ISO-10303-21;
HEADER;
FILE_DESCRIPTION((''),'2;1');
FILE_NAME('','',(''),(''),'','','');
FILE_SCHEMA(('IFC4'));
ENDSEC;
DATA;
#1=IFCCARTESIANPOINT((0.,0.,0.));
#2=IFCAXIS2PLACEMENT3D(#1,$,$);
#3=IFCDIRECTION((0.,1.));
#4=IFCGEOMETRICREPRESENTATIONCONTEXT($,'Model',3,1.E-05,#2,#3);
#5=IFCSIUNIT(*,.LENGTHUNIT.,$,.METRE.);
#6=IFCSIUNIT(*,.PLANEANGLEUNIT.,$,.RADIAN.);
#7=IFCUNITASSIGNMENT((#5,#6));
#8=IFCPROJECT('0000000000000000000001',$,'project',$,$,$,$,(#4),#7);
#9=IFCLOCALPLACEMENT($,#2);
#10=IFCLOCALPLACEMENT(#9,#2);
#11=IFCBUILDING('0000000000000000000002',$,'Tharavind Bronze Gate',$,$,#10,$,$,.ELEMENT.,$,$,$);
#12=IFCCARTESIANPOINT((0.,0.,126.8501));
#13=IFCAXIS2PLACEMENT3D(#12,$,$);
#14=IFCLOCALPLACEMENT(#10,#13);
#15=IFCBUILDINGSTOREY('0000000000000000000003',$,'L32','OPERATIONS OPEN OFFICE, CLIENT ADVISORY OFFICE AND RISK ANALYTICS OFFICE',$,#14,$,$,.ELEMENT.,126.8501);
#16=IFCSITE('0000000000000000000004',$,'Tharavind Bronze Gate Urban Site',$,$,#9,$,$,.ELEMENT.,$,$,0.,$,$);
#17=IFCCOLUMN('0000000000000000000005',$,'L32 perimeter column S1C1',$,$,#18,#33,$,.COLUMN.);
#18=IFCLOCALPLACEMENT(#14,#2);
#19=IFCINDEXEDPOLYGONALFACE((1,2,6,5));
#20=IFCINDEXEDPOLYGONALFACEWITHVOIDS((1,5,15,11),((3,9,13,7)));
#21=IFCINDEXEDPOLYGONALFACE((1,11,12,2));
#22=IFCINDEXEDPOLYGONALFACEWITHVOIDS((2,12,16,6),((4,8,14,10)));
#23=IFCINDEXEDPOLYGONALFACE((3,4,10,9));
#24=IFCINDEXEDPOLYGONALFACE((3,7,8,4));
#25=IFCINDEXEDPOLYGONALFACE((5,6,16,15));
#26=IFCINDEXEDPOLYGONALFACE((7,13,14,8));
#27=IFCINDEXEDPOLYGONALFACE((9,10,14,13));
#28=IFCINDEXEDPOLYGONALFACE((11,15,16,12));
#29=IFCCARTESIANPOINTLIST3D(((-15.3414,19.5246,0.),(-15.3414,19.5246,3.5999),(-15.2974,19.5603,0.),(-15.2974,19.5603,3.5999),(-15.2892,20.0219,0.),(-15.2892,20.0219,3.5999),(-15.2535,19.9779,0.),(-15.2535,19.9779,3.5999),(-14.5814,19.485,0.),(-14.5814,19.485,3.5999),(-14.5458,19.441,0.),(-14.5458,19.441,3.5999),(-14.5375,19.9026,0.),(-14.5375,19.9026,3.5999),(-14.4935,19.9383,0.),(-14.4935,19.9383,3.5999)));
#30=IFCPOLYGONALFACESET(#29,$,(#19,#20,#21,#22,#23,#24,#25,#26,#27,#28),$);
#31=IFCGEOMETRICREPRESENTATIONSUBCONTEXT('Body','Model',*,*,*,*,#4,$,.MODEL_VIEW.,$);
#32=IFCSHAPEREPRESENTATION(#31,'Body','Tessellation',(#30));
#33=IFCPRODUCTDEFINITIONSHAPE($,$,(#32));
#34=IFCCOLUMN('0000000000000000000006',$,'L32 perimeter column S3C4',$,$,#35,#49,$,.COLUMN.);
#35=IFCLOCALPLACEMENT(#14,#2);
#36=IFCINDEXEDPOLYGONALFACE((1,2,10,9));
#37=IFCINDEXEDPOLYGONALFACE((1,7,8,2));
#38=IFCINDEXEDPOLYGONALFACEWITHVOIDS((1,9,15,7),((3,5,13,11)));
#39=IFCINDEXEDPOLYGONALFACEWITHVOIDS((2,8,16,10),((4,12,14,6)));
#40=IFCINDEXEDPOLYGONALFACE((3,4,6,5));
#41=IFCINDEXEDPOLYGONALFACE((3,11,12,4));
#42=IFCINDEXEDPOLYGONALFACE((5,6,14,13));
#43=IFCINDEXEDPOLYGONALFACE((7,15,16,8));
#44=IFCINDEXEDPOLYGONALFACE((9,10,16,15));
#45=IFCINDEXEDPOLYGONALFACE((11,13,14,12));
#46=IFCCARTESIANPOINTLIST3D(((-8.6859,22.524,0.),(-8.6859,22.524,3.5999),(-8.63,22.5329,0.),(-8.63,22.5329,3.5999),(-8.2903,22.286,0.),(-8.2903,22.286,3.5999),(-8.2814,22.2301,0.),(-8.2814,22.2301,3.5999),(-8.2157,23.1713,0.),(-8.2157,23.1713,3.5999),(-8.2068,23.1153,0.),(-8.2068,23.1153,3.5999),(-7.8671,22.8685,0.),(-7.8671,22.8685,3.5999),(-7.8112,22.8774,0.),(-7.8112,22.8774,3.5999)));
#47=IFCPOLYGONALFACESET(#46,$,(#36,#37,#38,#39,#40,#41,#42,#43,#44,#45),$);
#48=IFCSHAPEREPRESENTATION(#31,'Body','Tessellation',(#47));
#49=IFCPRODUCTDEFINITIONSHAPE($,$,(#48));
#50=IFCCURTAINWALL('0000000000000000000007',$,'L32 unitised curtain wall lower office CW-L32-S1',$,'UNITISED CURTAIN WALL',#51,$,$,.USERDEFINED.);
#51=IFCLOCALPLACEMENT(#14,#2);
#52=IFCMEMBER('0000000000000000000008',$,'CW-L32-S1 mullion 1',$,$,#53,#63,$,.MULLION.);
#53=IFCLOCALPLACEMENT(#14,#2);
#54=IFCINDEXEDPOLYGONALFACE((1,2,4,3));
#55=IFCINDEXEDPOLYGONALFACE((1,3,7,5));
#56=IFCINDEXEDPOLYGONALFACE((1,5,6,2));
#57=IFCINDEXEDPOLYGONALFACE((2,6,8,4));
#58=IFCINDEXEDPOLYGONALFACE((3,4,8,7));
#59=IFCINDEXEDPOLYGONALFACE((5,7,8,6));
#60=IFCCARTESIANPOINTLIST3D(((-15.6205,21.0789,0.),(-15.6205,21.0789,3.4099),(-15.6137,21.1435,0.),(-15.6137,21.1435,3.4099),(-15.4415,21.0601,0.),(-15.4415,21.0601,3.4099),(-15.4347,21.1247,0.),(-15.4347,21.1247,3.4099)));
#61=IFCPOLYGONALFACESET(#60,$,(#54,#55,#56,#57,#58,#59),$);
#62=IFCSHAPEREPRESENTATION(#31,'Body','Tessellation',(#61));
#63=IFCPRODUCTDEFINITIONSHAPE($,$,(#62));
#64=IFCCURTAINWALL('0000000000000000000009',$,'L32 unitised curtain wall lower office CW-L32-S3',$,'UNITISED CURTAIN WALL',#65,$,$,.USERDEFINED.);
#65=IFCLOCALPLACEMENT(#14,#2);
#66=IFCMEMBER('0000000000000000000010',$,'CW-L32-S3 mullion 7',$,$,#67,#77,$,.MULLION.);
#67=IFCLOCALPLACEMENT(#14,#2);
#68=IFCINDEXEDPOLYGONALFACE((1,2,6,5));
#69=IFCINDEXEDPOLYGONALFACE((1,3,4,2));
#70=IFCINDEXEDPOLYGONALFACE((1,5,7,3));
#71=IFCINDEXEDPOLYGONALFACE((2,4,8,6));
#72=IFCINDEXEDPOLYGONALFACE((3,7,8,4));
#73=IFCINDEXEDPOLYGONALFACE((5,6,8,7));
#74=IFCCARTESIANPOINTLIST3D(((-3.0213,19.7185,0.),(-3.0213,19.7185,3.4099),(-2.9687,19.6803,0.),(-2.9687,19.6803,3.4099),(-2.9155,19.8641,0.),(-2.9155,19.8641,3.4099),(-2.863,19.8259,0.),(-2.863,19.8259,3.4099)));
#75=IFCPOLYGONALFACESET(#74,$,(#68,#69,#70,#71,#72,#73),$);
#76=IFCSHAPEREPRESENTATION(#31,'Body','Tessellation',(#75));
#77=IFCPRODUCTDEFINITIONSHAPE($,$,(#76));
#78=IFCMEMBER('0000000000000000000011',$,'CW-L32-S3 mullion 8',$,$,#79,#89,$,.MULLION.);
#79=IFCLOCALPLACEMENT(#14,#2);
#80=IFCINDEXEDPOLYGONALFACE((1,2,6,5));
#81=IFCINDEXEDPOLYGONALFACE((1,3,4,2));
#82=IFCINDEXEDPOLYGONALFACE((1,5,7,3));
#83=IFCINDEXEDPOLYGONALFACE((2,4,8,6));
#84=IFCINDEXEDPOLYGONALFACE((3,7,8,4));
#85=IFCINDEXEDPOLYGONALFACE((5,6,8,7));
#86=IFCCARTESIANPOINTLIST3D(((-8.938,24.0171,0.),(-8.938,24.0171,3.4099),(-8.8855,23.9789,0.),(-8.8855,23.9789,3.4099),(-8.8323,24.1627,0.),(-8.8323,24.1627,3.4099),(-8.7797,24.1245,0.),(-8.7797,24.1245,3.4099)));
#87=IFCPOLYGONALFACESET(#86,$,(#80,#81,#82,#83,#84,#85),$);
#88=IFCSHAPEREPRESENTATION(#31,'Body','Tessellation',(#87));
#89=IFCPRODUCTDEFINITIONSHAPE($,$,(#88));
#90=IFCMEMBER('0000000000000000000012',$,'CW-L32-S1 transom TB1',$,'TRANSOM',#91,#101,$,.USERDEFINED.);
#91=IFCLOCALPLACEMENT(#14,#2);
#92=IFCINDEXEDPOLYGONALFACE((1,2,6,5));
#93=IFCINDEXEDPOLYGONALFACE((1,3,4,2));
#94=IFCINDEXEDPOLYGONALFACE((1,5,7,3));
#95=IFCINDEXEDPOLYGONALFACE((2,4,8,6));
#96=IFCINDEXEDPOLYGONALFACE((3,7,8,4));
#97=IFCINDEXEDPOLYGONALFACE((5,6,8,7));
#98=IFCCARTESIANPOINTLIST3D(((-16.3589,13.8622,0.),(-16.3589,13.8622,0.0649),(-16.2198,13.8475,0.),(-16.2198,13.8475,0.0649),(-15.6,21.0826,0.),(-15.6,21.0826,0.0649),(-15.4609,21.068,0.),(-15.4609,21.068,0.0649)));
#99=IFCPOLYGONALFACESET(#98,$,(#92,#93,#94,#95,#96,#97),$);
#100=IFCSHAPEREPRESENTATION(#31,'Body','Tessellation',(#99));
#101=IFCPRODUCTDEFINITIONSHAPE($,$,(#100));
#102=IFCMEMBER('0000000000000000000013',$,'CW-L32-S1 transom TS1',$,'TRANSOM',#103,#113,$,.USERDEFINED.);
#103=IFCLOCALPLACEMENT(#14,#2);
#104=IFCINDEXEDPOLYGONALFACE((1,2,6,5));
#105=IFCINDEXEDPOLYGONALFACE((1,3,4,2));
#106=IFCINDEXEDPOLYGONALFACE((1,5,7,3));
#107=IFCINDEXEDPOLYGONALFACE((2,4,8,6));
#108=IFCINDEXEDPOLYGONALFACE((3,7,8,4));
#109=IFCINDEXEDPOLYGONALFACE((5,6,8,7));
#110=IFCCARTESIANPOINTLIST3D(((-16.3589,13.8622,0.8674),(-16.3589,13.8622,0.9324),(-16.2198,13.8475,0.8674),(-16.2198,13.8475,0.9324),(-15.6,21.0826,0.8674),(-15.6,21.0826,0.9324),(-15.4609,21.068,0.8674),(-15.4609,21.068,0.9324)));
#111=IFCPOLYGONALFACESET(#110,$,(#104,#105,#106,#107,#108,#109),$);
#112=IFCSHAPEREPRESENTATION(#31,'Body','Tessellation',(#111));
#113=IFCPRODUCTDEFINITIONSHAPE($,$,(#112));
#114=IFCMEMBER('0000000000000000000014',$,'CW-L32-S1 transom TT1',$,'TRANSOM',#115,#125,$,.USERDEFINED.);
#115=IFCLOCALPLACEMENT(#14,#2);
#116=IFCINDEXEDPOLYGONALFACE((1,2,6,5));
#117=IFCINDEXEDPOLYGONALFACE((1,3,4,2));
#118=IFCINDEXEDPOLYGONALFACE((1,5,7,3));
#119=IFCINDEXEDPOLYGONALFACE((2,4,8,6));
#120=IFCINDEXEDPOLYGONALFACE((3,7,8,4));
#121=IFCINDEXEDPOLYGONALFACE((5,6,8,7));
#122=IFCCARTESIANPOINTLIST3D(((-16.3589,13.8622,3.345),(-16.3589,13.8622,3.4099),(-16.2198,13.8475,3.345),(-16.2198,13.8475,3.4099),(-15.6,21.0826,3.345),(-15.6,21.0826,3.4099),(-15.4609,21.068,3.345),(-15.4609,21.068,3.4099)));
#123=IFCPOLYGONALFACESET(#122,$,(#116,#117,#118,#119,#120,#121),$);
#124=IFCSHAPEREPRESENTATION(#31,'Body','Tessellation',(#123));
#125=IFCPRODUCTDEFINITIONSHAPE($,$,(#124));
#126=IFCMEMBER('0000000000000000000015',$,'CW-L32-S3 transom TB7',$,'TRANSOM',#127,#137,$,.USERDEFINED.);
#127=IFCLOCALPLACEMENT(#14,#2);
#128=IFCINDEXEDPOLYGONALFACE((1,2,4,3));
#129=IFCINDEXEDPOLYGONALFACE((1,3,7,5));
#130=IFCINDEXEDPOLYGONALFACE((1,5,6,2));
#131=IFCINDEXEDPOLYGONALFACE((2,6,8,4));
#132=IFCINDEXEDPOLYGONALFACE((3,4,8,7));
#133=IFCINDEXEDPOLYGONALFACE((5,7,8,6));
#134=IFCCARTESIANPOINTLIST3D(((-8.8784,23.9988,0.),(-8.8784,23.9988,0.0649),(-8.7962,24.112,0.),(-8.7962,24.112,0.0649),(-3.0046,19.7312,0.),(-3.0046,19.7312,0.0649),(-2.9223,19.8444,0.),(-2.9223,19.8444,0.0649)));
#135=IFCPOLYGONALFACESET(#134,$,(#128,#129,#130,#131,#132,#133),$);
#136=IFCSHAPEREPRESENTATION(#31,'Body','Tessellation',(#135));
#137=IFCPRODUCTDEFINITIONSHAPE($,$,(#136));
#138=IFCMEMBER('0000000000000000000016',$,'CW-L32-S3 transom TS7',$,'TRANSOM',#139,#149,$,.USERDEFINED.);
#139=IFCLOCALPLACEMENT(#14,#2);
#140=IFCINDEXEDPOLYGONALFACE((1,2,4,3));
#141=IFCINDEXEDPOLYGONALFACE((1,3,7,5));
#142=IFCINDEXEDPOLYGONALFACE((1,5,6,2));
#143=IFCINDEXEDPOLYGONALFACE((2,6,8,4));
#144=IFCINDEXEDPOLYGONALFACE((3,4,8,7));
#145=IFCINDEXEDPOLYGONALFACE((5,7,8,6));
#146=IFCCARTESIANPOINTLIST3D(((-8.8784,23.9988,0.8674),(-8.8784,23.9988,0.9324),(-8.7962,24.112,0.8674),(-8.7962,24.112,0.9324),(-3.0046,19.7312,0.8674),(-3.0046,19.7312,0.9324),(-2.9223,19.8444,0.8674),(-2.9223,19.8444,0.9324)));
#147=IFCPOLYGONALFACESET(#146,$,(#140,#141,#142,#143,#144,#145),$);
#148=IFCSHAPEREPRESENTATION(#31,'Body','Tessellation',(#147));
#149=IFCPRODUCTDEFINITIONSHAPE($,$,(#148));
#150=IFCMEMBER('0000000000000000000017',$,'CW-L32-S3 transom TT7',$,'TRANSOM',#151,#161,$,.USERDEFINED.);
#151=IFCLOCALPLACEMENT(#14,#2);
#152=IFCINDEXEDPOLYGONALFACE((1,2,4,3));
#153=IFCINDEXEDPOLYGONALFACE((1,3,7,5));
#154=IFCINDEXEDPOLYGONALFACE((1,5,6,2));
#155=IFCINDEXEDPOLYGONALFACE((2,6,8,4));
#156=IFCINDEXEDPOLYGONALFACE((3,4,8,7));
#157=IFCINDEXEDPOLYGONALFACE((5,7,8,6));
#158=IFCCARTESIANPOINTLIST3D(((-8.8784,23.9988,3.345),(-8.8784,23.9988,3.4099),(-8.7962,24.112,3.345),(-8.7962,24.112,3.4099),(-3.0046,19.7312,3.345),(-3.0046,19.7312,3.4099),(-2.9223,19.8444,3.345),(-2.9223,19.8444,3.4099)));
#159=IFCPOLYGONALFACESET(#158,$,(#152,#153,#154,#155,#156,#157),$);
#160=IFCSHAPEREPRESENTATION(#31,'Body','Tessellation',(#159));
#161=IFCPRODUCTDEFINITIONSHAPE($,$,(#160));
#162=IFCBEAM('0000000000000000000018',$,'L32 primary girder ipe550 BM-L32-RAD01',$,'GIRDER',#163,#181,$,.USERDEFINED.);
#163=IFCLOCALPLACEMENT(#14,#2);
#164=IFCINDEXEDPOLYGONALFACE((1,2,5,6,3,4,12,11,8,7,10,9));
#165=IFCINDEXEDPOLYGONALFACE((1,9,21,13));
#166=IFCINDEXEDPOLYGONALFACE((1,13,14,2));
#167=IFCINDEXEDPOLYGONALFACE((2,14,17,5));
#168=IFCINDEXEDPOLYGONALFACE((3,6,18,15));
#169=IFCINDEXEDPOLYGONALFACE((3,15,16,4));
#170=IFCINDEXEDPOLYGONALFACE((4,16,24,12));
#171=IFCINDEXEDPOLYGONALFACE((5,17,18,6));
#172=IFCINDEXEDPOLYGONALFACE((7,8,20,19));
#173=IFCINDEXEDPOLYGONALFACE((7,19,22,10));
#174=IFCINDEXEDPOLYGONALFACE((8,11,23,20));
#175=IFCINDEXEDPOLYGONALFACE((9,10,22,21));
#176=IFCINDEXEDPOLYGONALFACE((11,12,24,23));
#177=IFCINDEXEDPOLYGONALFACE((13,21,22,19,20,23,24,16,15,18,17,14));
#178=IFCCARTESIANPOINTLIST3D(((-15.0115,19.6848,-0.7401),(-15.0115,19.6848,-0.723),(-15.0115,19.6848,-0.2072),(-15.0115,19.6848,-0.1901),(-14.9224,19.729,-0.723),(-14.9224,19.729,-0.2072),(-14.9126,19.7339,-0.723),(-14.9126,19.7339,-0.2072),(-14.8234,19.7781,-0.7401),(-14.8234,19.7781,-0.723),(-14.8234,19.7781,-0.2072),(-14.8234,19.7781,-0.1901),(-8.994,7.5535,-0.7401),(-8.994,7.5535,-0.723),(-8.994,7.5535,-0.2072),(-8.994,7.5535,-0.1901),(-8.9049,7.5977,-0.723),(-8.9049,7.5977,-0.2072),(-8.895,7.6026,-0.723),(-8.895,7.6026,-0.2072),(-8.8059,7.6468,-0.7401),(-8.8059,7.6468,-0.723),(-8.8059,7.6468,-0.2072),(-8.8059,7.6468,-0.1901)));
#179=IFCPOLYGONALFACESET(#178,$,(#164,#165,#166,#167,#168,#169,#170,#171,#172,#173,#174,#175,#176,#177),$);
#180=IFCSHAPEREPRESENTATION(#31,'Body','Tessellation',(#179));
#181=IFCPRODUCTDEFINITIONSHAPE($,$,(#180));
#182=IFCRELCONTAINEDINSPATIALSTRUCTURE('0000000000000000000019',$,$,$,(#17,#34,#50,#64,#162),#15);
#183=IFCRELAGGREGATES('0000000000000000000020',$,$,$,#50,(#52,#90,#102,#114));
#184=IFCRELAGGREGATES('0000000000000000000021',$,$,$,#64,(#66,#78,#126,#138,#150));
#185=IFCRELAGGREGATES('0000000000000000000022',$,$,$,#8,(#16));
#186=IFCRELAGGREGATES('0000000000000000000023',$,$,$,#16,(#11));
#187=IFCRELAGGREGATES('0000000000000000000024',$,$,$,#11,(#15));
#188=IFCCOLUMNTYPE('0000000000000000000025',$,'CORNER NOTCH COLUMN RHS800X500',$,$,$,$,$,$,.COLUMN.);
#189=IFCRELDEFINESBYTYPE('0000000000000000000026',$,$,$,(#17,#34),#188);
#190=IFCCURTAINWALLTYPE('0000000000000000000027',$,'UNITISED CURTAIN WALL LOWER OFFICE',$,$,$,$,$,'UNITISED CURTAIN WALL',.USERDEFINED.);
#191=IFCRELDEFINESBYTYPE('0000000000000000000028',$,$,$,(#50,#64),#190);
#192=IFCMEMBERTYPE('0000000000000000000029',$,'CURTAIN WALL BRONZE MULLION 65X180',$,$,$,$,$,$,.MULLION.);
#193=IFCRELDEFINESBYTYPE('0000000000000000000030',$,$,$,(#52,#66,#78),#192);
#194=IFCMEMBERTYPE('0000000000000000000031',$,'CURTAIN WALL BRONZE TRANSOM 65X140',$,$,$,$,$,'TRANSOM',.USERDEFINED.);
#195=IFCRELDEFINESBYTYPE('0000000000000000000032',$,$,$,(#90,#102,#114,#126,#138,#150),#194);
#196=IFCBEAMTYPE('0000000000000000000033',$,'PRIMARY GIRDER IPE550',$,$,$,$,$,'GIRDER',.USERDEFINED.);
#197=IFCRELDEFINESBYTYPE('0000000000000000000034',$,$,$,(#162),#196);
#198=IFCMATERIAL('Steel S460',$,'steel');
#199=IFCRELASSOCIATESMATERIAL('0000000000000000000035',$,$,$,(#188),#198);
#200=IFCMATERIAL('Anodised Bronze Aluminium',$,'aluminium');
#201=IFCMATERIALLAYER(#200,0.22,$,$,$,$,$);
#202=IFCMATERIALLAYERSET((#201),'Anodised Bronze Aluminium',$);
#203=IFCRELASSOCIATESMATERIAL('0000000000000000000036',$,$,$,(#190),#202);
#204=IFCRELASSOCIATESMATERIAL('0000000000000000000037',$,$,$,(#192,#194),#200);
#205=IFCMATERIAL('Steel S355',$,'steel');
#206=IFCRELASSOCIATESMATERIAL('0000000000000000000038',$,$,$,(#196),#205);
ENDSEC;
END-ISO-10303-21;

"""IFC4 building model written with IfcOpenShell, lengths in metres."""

from ifc_helpers import new_model, si_unit, direction, frame, origin, origin_2d, place, context, subcontext, project, spatial, rectangle, hollow_rectangle, i_section, extrude, material, layer, layer_set, material_profile, profile_set, type_object, element, aggregate, save


model = new_model("IFC4")

# Units and contexts
model_context = context("Model", 3, precision=1e-05, world=origin(), true_north=direction((0.0, 1.0)))
body_context = subcontext(model_context, "Body", "Model", "MODEL_VIEW")
ifc_project = project(units=[si_unit("LENGTHUNIT", "METRE"), si_unit("PLANEANGLEUNIT", "RADIAN")], contexts=[model_context])

# Site, building, storey
site_placement = place(None, origin())
site = spatial("IfcSite", under=ifc_project, at=site_placement, Name="Tharavind Bronze Gate Urban Site", CompositionType="ELEMENT", RefElevation=0.0)
building_placement = place(site_placement, origin())
building = spatial("IfcBuilding", under=site, at=building_placement, Name="Tharavind Bronze Gate", CompositionType="ELEMENT")
storey_placement = place(building_placement, frame((0.0, 0.0, 126.8501)))
storey = spatial("IfcBuildingStorey", under=building, at=storey_placement, Name="L32", Description="OPERATIONS OPEN OFFICE, CLIENT ADVISORY OFFICE AND RISK ANALYTICS OFFICE", CompositionType="ELEMENT", Elevation=126.8501)

# Columns
ifc_material_1 = material(Name="Steel S460", Category="steel")
ifc_material_profile_1 = material_profile(ifc_material_1, hollow_rectangle(XDim=0.5, YDim=0.8, WallThickness=0.04, at=origin_2d()), Name="RHS800X500X40")
ifc_profile_set_1 = profile_set([ifc_material_profile_1], Name="Steel S460")
column_type = type_object("IfcColumnType", Name="CORNER NOTCH COLUMN RHS800X500", PredefinedType="COLUMN", material=ifc_profile_set_1)
for number, where, z_axis, x_axis, name in (
    (1, (-14.9175, 19.7314, 0.0), (0.0, 0.0, 1.0), (0.10453, 0.994522, 0.0), "L32 perimeter column S1C1"),
    (2, (-8.2485, 22.7007, 0.0), (0.0, 0.0, 1.0), (-0.809017, 0.587785, 0.0), "L32 perimeter column S3C4"),
):
    element("IfcColumn", number, at=place(storey_placement, frame(where, z_axis=z_axis, x_axis=x_axis)), inside=storey, type_object=column_type, Name=name, PredefinedType="COLUMN", context=body_context, shape_type="SweptSolid", body=[
        extrude(hollow_rectangle(XDim=0.5, YDim=0.8, WallThickness=0.04, at=origin_2d()), origin(), (0.0, 0.0, 1.0), 3.5999),
    ])

# Curtain wall, member
ifc_material_2 = material(Name="Anodised Bronze Aluminium", Category="aluminium")
ifc_layer_1 = layer(ifc_material_2, 0.22)
ifc_layer_set_1 = layer_set([ifc_layer_1], Name="Anodised Bronze Aluminium")
curtain_wall_type = type_object("IfcCurtainWallType", Name="UNITISED CURTAIN WALL LOWER OFFICE", ElementType="UNITISED CURTAIN WALL", PredefinedType="USERDEFINED", material=ifc_layer_set_1)
curtain_wall_1_placement = place(storey_placement, origin())
curtain_wall_1 = element("IfcCurtainWall", 3, at=curtain_wall_1_placement, inside=storey, type_object=curtain_wall_type, Name="L32 unitised curtain wall lower office CW-L32-S1", ObjectType="UNITISED CURTAIN WALL", PredefinedType="USERDEFINED")
member_type_1 = type_object("IfcMemberType", Name="CURTAIN WALL BRONZE MULLION 65X180", PredefinedType="MULLION", material=ifc_material_2)
member_1_placement = place(storey_placement, frame((-15.5276, 21.1018, 0.0), z_axis=(0.0, 0.0, 1.0), x_axis=(-0.104527, -0.994522, 0.0)))
member_1 = element("IfcMember", 4, at=member_1_placement, type_object=member_type_1, Name="CW-L32-S1 mullion 1", PredefinedType="MULLION", context=body_context, shape_type="SweptSolid", body=[
    extrude(rectangle(XDim=0.0649, YDim=0.1799, at=origin_2d()), origin(), (0.0, 0.0, 1.0), 3.4099),
])

# Curtain wall, members
curtain_wall_2_placement = place(storey_placement, origin())
curtain_wall_2 = element("IfcCurtainWall", 5, at=curtain_wall_2_placement, inside=storey, type_object=curtain_wall_type, Name="L32 unitised curtain wall lower office CW-L32-S3", ObjectType="UNITISED CURTAIN WALL", PredefinedType="USERDEFINED")
member_2_placement = place(storey_placement, frame((-2.9421, 19.7722, 0.0), z_axis=(0.0, 0.0, 1.0), x_axis=(-0.809017, 0.587785, 0.0)))
member_2 = element("IfcMember", 6, at=member_2_placement, type_object=member_type_1, Name="CW-L32-S3 mullion 7", PredefinedType="MULLION", context=body_context, shape_type="SweptSolid", body=[
    extrude(rectangle(XDim=0.0649, YDim=0.1799, at=origin_2d()), origin(), (0.0, 0.0, 1.0), 3.4099),
])
member_3_placement = place(storey_placement, frame((-8.8589, 24.0708, 0.0), z_axis=(0.0, 0.0, 1.0), x_axis=(-0.809017, 0.587785, 0.0)))
member_3 = element("IfcMember", 7, at=member_3_placement, type_object=member_type_1, Name="CW-L32-S3 mullion 8", PredefinedType="MULLION", context=body_context, shape_type="SweptSolid", body=[
    extrude(rectangle(XDim=0.0649, YDim=0.1799, at=origin_2d()), origin(), (0.0, 0.0, 1.0), 3.4099),
])

# Members
member_type_2 = type_object("IfcMemberType", Name="CURTAIN WALL BRONZE TRANSOM 65X140", ElementType="TRANSOM", PredefinedType="USERDEFINED", material=ifc_material_2)
member_4_placement = place(storey_placement, frame((-15.9099, 17.4651, 0.0), z_axis=(0.0, 0.0, 1.0), x_axis=(-0.104527, -0.994522, 0.0)))
member_4 = element("IfcMember", 8, at=member_4_placement, type_object=member_type_2, Name="CW-L32-S1 transom TB1", ObjectType="TRANSOM", PredefinedType="USERDEFINED", context=body_context, shape_type="SweptSolid", body=[
    extrude(rectangle(XDim=7.2603, YDim=0.1399, at=origin_2d()), origin(), (0.0, 0.0, 1.0), 0.0649),
])
member_5_placement = place(storey_placement, frame((-15.9099, 17.4651, 0.8674), z_axis=(0.0, 0.0, 1.0), x_axis=(-0.104527, -0.994522, 0.0)))
member_5 = element("IfcMember", 9, at=member_5_placement, type_object=member_type_2, Name="CW-L32-S1 transom TS1", ObjectType="TRANSOM", PredefinedType="USERDEFINED", context=body_context, shape_type="SweptSolid", body=[
    extrude(rectangle(XDim=7.2603, YDim=0.1399, at=origin_2d()), origin(), (0.0, 0.0, 1.0), 0.0649),
])
member_6_placement = place(storey_placement, frame((-15.9099, 17.4651, 3.345), z_axis=(0.0, 0.0, 1.0), x_axis=(-0.104527, -0.994522, 0.0)))
member_6 = element("IfcMember", 10, at=member_6_placement, type_object=member_type_2, Name="CW-L32-S1 transom TT1", ObjectType="TRANSOM", PredefinedType="USERDEFINED", context=body_context, shape_type="SweptSolid", body=[
    extrude(rectangle(XDim=7.2603, YDim=0.1399, at=origin_2d()), origin(), (0.0, 0.0, 1.0), 0.0649),
])
member_7_placement = place(storey_placement, frame((-5.9004, 21.9216, 0.0), z_axis=(0.0, 0.0, 1.0), x_axis=(-0.809017, 0.587785, 0.0)))
member_7 = element("IfcMember", 11, at=member_7_placement, type_object=member_type_2, Name="CW-L32-S3 transom TB7", ObjectType="TRANSOM", PredefinedType="USERDEFINED", context=body_context, shape_type="SweptSolid", body=[
    extrude(rectangle(XDim=7.2605, YDim=0.1399, at=origin_2d()), origin(), (0.0, 0.0, 1.0), 0.0649),
])
member_8_placement = place(storey_placement, frame((-5.9004, 21.9216, 0.8674), z_axis=(0.0, 0.0, 1.0), x_axis=(-0.809017, 0.587785, 0.0)))
member_8 = element("IfcMember", 12, at=member_8_placement, type_object=member_type_2, Name="CW-L32-S3 transom TS7", ObjectType="TRANSOM", PredefinedType="USERDEFINED", context=body_context, shape_type="SweptSolid", body=[
    extrude(rectangle(XDim=7.2605, YDim=0.1399, at=origin_2d()), origin(), (0.0, 0.0, 1.0), 0.0649),
])
member_9_placement = place(storey_placement, frame((-5.9004, 21.9216, 3.345), z_axis=(0.0, 0.0, 1.0), x_axis=(-0.809017, 0.587785, 0.0)))
member_9 = element("IfcMember", 13, at=member_9_placement, type_object=member_type_2, Name="CW-L32-S3 transom TT7", ObjectType="TRANSOM", PredefinedType="USERDEFINED", context=body_context, shape_type="SweptSolid", body=[
    extrude(rectangle(XDim=7.2605, YDim=0.1399, at=origin_2d()), origin(), (0.0, 0.0, 1.0), 0.0649),
])

# Beam
ifc_material_3 = material(Name="Steel S355", Category="steel")
ifc_material_profile_2 = material_profile(ifc_material_3, i_section(OverallWidth=0.21, OverallDepth=0.55, WebThickness=0.011, FlangeThickness=0.0171, at=origin_2d()), Name="IPE550")
ifc_profile_set_2 = profile_set([ifc_material_profile_2], Name="Steel S355")
beam_type_1 = type_object("IfcBeamType", Name="PRIMARY GIRDER IPE550", ElementType="GIRDER", PredefinedType="USERDEFINED", material=ifc_profile_set_2)
beam_1_placement = place(storey_placement, frame((-14.9175, 19.7314, -0.4651), z_axis=(0.44437, -0.895843, 0.0), x_axis=(0.895843, 0.44437, 0.0)))
element("IfcBeam", 14, at=beam_1_placement, inside=storey, type_object=beam_type_1, Name="L32 primary girder ipe550 BM-L32-RAD01", ObjectType="GIRDER", PredefinedType="USERDEFINED", context=body_context, shape_type="SweptSolid", body=[
    extrude(i_section(OverallWidth=0.21, OverallDepth=0.55, WebThickness=0.011, FlangeThickness=0.0171, at=origin_2d()), origin(), (0.0, 0.0, 1.0), 13.5417),
])

aggregate(curtain_wall_1, [member_1, member_4, member_5, member_6])
aggregate(curtain_wall_2, [member_2, member_3, member_7, member_8, member_9])

save(model, "model.ifc")
